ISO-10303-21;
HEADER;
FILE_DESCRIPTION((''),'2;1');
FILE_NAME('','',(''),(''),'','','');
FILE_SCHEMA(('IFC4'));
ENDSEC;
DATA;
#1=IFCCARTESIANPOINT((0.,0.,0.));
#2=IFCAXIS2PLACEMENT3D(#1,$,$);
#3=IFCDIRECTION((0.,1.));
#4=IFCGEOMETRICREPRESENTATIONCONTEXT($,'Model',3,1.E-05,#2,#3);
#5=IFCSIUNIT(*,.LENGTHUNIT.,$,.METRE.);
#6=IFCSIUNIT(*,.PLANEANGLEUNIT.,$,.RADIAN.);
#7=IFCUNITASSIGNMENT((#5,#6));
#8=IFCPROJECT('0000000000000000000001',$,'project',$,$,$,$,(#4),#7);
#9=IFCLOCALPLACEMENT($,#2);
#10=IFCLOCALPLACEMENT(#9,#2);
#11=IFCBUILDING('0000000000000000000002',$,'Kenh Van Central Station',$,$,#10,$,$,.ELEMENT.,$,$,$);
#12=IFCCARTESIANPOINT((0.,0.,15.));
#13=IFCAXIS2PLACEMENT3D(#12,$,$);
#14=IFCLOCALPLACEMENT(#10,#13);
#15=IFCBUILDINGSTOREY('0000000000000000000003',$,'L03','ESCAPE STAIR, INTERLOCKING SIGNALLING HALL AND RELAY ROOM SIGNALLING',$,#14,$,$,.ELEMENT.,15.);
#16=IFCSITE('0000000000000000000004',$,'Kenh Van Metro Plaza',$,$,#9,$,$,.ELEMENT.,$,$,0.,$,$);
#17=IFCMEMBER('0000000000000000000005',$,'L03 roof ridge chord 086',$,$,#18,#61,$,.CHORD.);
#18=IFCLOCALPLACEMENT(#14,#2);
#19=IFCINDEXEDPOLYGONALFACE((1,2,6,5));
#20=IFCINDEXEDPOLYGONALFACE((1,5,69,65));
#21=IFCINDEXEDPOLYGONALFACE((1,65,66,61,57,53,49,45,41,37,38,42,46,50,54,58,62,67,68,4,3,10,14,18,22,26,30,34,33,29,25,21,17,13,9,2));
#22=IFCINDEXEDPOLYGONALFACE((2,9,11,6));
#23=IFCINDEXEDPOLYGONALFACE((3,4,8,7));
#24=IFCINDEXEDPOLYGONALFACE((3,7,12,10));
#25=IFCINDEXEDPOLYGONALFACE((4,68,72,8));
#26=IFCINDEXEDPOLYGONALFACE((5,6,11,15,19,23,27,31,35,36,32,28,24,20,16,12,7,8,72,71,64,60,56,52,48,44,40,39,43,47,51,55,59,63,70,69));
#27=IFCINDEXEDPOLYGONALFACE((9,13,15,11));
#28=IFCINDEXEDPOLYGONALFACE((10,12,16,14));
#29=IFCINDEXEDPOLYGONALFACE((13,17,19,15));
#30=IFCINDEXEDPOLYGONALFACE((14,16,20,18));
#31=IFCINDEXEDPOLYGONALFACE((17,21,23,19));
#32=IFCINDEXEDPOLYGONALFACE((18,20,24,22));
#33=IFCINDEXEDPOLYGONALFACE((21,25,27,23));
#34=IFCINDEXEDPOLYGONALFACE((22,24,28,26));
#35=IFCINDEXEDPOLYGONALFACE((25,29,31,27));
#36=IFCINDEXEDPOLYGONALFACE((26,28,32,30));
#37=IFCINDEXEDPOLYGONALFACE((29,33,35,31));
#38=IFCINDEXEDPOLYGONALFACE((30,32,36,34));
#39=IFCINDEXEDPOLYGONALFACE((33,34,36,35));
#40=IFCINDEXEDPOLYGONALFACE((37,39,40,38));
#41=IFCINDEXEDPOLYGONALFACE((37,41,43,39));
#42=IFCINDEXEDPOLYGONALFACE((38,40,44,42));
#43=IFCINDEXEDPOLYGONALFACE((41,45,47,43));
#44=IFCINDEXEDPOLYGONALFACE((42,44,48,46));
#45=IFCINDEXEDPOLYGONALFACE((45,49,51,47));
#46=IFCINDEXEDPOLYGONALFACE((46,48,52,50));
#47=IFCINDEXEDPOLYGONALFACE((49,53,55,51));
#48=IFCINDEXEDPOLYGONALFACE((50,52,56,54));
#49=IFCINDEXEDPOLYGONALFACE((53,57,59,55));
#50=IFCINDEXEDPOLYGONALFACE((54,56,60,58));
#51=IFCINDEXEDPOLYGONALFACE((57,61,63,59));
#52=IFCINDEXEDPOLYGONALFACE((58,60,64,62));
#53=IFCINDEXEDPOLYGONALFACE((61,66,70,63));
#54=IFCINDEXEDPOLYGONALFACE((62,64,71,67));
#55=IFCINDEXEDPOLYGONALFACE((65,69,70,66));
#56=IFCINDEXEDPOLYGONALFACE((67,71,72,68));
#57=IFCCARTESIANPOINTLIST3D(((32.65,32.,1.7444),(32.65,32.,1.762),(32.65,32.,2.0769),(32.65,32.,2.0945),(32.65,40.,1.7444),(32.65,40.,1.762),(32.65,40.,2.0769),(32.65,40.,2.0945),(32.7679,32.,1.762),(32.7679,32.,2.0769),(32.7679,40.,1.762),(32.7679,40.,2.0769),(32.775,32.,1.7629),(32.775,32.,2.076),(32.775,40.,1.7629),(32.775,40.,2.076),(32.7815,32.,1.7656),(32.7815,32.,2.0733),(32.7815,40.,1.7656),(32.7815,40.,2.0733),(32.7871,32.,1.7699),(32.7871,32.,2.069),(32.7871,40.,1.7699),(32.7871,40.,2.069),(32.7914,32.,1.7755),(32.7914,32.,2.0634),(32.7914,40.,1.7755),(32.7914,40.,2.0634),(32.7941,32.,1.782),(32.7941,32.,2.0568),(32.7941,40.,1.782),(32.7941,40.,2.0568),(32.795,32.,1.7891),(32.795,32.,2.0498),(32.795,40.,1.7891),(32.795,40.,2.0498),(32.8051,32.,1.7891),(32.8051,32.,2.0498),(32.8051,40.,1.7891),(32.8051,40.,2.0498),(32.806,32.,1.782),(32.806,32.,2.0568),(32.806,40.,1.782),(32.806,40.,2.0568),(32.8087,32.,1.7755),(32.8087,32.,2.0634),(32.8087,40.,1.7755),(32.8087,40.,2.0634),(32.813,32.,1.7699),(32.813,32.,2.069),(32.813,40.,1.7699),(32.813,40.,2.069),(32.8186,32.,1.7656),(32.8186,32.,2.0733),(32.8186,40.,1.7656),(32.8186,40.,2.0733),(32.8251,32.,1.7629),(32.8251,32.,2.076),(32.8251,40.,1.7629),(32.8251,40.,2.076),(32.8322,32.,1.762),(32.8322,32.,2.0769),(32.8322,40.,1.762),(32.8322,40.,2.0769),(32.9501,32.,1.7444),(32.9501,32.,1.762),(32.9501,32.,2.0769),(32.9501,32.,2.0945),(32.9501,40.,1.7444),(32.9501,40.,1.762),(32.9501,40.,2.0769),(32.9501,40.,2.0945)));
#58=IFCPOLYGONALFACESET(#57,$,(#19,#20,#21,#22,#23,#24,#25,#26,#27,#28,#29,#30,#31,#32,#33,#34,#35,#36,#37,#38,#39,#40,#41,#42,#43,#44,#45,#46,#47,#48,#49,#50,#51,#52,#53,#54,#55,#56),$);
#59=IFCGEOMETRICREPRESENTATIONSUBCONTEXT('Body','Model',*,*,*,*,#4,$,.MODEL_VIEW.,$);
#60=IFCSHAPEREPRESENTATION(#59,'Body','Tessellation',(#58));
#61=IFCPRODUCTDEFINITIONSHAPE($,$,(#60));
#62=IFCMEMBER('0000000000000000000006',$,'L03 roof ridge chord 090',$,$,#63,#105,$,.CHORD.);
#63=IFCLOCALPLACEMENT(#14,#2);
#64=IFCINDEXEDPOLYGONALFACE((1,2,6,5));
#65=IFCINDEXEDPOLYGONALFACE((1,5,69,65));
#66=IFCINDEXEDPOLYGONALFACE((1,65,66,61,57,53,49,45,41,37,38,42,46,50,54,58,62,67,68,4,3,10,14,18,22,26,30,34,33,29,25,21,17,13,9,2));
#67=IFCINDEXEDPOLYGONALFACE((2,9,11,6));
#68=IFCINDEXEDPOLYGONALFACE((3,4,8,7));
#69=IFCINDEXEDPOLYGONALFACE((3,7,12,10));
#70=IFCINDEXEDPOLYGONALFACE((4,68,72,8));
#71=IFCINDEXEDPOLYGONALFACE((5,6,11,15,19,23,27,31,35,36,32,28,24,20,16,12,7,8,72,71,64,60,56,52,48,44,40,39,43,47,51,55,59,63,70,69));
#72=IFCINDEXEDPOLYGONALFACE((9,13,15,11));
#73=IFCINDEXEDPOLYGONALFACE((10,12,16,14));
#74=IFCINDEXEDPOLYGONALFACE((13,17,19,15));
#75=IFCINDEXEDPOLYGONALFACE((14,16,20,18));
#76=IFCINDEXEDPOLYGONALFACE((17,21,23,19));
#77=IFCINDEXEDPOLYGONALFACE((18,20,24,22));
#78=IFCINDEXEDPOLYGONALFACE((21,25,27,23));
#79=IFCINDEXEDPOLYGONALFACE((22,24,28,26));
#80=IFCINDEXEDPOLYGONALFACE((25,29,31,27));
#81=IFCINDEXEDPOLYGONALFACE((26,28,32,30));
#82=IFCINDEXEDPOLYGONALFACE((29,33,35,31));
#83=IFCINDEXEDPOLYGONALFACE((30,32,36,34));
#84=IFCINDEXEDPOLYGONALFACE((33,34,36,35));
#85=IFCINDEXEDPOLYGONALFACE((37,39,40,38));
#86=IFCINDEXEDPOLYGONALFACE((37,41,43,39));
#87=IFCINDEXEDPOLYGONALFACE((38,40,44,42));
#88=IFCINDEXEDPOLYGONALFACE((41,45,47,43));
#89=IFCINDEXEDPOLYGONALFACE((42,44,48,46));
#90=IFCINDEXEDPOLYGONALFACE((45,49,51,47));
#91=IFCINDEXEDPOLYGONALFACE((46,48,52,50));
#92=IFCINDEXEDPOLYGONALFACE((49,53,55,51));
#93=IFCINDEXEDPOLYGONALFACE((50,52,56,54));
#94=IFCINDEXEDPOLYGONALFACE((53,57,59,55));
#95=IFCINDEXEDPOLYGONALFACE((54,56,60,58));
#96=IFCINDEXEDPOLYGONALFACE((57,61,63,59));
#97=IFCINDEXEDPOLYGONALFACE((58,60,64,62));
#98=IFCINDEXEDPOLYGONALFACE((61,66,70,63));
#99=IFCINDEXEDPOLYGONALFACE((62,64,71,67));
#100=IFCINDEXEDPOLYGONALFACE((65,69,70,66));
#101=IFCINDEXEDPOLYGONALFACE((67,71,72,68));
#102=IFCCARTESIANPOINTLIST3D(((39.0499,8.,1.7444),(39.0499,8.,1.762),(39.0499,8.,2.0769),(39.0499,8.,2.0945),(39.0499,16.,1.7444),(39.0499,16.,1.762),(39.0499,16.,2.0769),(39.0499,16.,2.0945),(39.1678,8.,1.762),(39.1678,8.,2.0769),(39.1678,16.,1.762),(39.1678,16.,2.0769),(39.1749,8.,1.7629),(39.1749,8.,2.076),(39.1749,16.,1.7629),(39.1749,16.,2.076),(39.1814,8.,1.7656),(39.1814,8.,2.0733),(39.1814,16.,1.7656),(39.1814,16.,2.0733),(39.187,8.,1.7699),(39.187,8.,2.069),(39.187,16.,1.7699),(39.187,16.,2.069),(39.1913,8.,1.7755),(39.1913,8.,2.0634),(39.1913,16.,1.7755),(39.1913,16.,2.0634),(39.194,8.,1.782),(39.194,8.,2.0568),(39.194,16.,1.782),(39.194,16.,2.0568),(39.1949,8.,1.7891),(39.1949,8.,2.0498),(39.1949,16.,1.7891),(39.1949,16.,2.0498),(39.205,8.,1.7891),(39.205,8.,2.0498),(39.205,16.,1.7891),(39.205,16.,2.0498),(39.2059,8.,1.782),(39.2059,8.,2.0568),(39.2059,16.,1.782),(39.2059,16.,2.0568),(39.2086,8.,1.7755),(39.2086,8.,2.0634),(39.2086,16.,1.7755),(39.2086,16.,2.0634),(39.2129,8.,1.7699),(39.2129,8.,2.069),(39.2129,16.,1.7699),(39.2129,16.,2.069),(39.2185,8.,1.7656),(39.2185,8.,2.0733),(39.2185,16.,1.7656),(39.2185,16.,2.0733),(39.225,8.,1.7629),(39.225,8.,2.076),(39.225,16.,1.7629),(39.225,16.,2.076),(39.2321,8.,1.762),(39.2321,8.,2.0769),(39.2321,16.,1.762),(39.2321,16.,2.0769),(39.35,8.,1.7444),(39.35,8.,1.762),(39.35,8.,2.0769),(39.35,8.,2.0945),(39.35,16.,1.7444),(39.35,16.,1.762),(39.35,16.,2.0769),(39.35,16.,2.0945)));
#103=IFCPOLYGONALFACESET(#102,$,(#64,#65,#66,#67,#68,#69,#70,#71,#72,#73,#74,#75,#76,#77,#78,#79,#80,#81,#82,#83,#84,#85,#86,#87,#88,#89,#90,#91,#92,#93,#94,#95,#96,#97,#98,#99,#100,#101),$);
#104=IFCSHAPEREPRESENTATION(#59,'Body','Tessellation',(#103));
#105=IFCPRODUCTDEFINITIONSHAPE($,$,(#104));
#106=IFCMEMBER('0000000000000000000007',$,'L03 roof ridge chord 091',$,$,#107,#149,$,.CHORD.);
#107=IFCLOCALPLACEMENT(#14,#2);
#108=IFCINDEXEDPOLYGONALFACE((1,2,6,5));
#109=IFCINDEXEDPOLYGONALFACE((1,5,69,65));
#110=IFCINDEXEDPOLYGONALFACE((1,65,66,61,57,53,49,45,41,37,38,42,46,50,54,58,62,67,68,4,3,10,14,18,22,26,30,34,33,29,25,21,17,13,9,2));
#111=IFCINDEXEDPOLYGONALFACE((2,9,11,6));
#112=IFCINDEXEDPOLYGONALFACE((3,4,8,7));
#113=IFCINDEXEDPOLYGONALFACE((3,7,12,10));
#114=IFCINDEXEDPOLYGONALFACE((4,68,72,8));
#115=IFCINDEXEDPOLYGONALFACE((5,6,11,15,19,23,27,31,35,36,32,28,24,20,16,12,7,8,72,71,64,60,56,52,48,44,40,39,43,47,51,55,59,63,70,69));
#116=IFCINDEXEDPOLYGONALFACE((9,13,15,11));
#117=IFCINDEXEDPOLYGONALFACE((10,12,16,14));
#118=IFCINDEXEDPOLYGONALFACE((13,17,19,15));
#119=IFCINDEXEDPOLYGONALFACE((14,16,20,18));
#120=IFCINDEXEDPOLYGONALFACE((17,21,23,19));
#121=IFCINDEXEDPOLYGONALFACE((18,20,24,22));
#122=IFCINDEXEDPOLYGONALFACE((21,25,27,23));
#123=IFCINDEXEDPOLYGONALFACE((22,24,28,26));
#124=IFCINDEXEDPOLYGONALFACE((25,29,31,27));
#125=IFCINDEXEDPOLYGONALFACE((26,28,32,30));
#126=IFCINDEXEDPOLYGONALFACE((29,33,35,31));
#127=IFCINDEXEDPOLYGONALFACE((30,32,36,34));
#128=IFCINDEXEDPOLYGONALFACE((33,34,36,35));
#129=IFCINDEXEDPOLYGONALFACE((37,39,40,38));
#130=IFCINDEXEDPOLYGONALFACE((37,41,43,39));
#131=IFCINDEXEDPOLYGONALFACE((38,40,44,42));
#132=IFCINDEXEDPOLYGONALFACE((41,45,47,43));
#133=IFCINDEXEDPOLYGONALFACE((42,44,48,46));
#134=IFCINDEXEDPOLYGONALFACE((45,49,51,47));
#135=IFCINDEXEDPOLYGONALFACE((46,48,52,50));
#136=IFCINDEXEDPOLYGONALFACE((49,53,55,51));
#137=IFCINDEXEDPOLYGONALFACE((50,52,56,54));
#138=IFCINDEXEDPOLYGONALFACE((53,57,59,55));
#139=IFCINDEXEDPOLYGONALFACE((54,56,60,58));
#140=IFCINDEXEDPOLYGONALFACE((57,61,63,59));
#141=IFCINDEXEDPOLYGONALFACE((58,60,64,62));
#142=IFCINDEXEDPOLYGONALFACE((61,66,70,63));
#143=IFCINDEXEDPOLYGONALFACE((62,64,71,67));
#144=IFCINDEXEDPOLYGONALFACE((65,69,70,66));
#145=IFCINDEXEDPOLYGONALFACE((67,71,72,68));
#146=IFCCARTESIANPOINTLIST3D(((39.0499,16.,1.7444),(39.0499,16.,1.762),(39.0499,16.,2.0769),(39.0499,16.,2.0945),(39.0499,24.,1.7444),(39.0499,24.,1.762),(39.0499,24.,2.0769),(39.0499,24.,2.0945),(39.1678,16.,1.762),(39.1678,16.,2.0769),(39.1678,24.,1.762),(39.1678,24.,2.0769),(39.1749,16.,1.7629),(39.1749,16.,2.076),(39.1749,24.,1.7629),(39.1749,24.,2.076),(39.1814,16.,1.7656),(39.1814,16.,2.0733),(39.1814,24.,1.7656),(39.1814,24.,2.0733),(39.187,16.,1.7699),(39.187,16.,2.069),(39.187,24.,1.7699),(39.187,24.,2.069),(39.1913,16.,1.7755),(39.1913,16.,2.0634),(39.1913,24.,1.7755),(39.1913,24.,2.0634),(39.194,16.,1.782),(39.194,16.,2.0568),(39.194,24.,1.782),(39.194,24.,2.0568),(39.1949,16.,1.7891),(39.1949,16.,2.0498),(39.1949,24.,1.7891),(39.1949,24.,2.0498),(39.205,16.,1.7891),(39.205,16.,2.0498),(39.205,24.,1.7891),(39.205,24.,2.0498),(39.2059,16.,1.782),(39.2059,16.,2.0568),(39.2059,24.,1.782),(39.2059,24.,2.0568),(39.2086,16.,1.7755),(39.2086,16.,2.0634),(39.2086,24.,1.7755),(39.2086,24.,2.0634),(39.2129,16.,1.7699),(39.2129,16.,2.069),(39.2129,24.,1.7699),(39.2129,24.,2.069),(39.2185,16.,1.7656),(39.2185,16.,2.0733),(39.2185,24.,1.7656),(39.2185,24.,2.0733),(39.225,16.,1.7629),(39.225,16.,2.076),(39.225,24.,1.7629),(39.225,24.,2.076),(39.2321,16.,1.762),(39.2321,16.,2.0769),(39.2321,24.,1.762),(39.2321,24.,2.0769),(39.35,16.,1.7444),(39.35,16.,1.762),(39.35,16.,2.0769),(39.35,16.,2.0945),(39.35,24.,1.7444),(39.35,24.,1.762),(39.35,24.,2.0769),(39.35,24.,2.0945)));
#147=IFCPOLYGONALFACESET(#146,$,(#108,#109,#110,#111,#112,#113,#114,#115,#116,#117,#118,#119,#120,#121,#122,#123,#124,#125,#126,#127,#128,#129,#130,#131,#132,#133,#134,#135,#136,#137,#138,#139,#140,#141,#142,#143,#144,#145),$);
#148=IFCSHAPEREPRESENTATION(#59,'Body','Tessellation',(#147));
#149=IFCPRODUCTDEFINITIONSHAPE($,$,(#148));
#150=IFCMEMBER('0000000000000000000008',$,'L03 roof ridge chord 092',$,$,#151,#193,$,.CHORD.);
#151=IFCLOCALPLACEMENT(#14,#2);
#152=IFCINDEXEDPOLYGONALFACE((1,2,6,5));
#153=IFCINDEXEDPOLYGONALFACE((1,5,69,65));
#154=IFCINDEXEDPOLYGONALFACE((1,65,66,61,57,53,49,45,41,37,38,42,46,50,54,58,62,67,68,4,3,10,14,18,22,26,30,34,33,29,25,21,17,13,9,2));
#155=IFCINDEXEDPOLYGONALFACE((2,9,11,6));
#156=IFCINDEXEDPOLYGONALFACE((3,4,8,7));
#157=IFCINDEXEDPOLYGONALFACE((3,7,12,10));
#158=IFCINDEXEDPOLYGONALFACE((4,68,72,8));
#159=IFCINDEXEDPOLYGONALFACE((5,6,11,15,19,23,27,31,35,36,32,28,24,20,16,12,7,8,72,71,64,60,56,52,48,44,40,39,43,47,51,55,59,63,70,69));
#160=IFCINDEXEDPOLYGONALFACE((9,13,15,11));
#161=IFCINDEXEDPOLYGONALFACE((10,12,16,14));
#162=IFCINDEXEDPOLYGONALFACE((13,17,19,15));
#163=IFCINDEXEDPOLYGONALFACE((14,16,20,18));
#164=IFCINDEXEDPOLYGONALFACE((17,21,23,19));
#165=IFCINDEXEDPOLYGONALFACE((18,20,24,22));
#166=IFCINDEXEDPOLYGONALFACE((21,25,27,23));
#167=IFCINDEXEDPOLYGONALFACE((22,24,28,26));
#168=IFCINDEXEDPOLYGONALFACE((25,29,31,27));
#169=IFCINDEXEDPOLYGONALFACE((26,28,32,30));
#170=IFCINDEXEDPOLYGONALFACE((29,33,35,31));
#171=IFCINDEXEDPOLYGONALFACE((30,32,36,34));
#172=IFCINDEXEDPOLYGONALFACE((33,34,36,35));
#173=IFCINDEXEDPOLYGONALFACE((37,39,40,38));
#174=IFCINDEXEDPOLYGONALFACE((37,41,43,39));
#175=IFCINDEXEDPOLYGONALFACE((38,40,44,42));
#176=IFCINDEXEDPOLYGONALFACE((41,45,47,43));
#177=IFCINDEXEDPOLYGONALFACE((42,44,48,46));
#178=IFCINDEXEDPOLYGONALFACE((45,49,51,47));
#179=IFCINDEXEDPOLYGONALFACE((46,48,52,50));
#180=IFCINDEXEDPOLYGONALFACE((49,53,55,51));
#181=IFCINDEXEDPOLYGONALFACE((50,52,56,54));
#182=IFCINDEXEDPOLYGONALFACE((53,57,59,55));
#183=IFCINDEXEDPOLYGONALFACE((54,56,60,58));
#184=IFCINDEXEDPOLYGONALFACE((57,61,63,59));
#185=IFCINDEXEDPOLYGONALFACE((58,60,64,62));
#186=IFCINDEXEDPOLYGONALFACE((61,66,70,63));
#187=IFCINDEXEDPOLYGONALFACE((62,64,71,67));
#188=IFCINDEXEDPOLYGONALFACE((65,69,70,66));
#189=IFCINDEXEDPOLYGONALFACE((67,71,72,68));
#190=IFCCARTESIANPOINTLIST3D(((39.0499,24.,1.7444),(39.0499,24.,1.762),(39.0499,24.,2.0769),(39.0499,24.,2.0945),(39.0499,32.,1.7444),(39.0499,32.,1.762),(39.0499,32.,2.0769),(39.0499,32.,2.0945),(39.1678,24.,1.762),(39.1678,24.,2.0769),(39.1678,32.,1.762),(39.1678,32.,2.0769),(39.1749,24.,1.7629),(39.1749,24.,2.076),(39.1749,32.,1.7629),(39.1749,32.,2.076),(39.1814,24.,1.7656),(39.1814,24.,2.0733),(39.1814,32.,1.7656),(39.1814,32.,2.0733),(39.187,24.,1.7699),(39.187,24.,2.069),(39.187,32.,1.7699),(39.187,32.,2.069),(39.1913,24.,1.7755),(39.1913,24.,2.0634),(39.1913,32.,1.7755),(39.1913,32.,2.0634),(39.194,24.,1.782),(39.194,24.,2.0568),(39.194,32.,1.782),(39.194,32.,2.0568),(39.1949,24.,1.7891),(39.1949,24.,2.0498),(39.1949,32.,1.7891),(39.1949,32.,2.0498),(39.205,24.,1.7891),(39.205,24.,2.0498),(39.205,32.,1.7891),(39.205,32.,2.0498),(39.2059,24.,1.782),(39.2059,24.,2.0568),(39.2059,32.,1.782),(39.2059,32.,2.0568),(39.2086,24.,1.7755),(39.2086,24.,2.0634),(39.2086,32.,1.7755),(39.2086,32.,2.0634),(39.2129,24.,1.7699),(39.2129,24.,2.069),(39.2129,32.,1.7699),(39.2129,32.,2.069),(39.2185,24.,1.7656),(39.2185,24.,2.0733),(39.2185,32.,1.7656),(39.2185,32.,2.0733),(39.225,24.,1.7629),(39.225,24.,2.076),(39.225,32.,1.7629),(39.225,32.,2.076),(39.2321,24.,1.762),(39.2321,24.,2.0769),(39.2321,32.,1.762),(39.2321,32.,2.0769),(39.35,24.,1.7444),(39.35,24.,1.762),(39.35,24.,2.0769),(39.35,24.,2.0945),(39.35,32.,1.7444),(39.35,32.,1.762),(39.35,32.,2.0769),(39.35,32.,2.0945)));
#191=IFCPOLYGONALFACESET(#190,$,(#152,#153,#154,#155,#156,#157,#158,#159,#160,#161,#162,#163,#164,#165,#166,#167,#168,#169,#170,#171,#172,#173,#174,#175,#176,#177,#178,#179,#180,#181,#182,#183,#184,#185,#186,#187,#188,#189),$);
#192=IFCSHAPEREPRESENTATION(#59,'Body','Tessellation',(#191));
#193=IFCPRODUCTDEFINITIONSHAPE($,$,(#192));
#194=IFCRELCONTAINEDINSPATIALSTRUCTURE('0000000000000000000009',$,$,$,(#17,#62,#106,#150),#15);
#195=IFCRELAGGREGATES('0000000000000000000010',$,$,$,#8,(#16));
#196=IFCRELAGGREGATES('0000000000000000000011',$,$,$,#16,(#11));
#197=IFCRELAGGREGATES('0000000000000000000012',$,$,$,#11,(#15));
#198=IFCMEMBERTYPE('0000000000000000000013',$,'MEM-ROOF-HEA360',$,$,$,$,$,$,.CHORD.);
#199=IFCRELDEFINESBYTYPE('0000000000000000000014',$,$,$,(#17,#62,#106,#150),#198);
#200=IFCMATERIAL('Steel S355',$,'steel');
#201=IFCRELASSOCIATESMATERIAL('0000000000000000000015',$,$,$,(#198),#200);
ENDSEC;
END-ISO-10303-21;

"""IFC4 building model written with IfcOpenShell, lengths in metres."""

from ifc_helpers import new_model, si_unit, direction, frame, origin, origin_2d, place, context, subcontext, project, spatial, i_section, extrude, material, material_profile, profile_set, type_object, element, save


model = new_model("IFC4")

# Units and contexts
model_context = context("Model", 3, precision=1e-05, world=origin(), true_north=direction((0.0, 1.0)))
body_context = subcontext(model_context, "Body", "Model", "MODEL_VIEW")
ifc_project = project(units=[si_unit("LENGTHUNIT", "METRE"), si_unit("PLANEANGLEUNIT", "RADIAN")], contexts=[model_context])

# Site, building, storey
site_placement = place(None, origin())
site = spatial("IfcSite", under=ifc_project, at=site_placement, Name="Kenh Van Metro Plaza", CompositionType="ELEMENT", RefElevation=0.0)
building_placement = place(site_placement, origin())
building = spatial("IfcBuilding", under=site, at=building_placement, Name="Kenh Van Central Station", CompositionType="ELEMENT")
storey_placement = place(building_placement, frame((0.0, 0.0, 15.0)))
storey = spatial("IfcBuildingStorey", under=building, at=storey_placement, Name="L03", Description="ESCAPE STAIR, INTERLOCKING SIGNALLING HALL AND RELAY ROOM SIGNALLING", CompositionType="ELEMENT", Elevation=15.0)

# Shared definitions
ifc_material_1 = material(Name="Steel S355", Category="steel")

# Members
ifc_material_profile_1 = material_profile(ifc_material_1, i_section(OverallWidth=0.3, OverallDepth=0.3501, WebThickness=0.01, FlangeThickness=0.0176, FilletRadius=0.0271, at=origin_2d()), Name="HEA 360")
ifc_profile_set_1 = profile_set([ifc_material_profile_1], Name="Steel S355")
member_type_1 = type_object("IfcMemberType", Name="MEM-ROOF-HEA360", PredefinedType="CHORD", material=ifc_profile_set_1)
for number, where, z_axis, x_axis, name in (
    (1, (32.8, 32.0, 1.9194), (0.0, 1.0, 0.0), (-1.0, 0.0, 0.0), "L03 roof ridge chord 086"),
    (2, (39.2, 8.0, 1.9194), (0.0, 1.0, 0.0), (-1.0, 0.0, 0.0), "L03 roof ridge chord 090"),
    (3, (39.2, 16.0, 1.9194), (0.0, 1.0, 0.0), (-1.0, 0.0, 0.0), "L03 roof ridge chord 091"),
    (4, (39.2, 24.0, 1.9194), (0.0, 1.0, 0.0), (-1.0, 0.0, 0.0), "L03 roof ridge chord 092"),
):
    element("IfcMember", number, at=place(storey_placement, frame(where, z_axis=z_axis, x_axis=x_axis)), inside=storey, type_object=member_type_1, Name=name, PredefinedType="CHORD", context=body_context, shape_type="SweptSolid", body=[
        extrude(i_section(OverallWidth=0.3, OverallDepth=0.3501, WebThickness=0.01, FlangeThickness=0.0176, FilletRadius=0.0271, at=origin_2d()), origin(), (0.0, 0.0, 1.0), 8.0),
    ])

save(model, "model.ifc")
